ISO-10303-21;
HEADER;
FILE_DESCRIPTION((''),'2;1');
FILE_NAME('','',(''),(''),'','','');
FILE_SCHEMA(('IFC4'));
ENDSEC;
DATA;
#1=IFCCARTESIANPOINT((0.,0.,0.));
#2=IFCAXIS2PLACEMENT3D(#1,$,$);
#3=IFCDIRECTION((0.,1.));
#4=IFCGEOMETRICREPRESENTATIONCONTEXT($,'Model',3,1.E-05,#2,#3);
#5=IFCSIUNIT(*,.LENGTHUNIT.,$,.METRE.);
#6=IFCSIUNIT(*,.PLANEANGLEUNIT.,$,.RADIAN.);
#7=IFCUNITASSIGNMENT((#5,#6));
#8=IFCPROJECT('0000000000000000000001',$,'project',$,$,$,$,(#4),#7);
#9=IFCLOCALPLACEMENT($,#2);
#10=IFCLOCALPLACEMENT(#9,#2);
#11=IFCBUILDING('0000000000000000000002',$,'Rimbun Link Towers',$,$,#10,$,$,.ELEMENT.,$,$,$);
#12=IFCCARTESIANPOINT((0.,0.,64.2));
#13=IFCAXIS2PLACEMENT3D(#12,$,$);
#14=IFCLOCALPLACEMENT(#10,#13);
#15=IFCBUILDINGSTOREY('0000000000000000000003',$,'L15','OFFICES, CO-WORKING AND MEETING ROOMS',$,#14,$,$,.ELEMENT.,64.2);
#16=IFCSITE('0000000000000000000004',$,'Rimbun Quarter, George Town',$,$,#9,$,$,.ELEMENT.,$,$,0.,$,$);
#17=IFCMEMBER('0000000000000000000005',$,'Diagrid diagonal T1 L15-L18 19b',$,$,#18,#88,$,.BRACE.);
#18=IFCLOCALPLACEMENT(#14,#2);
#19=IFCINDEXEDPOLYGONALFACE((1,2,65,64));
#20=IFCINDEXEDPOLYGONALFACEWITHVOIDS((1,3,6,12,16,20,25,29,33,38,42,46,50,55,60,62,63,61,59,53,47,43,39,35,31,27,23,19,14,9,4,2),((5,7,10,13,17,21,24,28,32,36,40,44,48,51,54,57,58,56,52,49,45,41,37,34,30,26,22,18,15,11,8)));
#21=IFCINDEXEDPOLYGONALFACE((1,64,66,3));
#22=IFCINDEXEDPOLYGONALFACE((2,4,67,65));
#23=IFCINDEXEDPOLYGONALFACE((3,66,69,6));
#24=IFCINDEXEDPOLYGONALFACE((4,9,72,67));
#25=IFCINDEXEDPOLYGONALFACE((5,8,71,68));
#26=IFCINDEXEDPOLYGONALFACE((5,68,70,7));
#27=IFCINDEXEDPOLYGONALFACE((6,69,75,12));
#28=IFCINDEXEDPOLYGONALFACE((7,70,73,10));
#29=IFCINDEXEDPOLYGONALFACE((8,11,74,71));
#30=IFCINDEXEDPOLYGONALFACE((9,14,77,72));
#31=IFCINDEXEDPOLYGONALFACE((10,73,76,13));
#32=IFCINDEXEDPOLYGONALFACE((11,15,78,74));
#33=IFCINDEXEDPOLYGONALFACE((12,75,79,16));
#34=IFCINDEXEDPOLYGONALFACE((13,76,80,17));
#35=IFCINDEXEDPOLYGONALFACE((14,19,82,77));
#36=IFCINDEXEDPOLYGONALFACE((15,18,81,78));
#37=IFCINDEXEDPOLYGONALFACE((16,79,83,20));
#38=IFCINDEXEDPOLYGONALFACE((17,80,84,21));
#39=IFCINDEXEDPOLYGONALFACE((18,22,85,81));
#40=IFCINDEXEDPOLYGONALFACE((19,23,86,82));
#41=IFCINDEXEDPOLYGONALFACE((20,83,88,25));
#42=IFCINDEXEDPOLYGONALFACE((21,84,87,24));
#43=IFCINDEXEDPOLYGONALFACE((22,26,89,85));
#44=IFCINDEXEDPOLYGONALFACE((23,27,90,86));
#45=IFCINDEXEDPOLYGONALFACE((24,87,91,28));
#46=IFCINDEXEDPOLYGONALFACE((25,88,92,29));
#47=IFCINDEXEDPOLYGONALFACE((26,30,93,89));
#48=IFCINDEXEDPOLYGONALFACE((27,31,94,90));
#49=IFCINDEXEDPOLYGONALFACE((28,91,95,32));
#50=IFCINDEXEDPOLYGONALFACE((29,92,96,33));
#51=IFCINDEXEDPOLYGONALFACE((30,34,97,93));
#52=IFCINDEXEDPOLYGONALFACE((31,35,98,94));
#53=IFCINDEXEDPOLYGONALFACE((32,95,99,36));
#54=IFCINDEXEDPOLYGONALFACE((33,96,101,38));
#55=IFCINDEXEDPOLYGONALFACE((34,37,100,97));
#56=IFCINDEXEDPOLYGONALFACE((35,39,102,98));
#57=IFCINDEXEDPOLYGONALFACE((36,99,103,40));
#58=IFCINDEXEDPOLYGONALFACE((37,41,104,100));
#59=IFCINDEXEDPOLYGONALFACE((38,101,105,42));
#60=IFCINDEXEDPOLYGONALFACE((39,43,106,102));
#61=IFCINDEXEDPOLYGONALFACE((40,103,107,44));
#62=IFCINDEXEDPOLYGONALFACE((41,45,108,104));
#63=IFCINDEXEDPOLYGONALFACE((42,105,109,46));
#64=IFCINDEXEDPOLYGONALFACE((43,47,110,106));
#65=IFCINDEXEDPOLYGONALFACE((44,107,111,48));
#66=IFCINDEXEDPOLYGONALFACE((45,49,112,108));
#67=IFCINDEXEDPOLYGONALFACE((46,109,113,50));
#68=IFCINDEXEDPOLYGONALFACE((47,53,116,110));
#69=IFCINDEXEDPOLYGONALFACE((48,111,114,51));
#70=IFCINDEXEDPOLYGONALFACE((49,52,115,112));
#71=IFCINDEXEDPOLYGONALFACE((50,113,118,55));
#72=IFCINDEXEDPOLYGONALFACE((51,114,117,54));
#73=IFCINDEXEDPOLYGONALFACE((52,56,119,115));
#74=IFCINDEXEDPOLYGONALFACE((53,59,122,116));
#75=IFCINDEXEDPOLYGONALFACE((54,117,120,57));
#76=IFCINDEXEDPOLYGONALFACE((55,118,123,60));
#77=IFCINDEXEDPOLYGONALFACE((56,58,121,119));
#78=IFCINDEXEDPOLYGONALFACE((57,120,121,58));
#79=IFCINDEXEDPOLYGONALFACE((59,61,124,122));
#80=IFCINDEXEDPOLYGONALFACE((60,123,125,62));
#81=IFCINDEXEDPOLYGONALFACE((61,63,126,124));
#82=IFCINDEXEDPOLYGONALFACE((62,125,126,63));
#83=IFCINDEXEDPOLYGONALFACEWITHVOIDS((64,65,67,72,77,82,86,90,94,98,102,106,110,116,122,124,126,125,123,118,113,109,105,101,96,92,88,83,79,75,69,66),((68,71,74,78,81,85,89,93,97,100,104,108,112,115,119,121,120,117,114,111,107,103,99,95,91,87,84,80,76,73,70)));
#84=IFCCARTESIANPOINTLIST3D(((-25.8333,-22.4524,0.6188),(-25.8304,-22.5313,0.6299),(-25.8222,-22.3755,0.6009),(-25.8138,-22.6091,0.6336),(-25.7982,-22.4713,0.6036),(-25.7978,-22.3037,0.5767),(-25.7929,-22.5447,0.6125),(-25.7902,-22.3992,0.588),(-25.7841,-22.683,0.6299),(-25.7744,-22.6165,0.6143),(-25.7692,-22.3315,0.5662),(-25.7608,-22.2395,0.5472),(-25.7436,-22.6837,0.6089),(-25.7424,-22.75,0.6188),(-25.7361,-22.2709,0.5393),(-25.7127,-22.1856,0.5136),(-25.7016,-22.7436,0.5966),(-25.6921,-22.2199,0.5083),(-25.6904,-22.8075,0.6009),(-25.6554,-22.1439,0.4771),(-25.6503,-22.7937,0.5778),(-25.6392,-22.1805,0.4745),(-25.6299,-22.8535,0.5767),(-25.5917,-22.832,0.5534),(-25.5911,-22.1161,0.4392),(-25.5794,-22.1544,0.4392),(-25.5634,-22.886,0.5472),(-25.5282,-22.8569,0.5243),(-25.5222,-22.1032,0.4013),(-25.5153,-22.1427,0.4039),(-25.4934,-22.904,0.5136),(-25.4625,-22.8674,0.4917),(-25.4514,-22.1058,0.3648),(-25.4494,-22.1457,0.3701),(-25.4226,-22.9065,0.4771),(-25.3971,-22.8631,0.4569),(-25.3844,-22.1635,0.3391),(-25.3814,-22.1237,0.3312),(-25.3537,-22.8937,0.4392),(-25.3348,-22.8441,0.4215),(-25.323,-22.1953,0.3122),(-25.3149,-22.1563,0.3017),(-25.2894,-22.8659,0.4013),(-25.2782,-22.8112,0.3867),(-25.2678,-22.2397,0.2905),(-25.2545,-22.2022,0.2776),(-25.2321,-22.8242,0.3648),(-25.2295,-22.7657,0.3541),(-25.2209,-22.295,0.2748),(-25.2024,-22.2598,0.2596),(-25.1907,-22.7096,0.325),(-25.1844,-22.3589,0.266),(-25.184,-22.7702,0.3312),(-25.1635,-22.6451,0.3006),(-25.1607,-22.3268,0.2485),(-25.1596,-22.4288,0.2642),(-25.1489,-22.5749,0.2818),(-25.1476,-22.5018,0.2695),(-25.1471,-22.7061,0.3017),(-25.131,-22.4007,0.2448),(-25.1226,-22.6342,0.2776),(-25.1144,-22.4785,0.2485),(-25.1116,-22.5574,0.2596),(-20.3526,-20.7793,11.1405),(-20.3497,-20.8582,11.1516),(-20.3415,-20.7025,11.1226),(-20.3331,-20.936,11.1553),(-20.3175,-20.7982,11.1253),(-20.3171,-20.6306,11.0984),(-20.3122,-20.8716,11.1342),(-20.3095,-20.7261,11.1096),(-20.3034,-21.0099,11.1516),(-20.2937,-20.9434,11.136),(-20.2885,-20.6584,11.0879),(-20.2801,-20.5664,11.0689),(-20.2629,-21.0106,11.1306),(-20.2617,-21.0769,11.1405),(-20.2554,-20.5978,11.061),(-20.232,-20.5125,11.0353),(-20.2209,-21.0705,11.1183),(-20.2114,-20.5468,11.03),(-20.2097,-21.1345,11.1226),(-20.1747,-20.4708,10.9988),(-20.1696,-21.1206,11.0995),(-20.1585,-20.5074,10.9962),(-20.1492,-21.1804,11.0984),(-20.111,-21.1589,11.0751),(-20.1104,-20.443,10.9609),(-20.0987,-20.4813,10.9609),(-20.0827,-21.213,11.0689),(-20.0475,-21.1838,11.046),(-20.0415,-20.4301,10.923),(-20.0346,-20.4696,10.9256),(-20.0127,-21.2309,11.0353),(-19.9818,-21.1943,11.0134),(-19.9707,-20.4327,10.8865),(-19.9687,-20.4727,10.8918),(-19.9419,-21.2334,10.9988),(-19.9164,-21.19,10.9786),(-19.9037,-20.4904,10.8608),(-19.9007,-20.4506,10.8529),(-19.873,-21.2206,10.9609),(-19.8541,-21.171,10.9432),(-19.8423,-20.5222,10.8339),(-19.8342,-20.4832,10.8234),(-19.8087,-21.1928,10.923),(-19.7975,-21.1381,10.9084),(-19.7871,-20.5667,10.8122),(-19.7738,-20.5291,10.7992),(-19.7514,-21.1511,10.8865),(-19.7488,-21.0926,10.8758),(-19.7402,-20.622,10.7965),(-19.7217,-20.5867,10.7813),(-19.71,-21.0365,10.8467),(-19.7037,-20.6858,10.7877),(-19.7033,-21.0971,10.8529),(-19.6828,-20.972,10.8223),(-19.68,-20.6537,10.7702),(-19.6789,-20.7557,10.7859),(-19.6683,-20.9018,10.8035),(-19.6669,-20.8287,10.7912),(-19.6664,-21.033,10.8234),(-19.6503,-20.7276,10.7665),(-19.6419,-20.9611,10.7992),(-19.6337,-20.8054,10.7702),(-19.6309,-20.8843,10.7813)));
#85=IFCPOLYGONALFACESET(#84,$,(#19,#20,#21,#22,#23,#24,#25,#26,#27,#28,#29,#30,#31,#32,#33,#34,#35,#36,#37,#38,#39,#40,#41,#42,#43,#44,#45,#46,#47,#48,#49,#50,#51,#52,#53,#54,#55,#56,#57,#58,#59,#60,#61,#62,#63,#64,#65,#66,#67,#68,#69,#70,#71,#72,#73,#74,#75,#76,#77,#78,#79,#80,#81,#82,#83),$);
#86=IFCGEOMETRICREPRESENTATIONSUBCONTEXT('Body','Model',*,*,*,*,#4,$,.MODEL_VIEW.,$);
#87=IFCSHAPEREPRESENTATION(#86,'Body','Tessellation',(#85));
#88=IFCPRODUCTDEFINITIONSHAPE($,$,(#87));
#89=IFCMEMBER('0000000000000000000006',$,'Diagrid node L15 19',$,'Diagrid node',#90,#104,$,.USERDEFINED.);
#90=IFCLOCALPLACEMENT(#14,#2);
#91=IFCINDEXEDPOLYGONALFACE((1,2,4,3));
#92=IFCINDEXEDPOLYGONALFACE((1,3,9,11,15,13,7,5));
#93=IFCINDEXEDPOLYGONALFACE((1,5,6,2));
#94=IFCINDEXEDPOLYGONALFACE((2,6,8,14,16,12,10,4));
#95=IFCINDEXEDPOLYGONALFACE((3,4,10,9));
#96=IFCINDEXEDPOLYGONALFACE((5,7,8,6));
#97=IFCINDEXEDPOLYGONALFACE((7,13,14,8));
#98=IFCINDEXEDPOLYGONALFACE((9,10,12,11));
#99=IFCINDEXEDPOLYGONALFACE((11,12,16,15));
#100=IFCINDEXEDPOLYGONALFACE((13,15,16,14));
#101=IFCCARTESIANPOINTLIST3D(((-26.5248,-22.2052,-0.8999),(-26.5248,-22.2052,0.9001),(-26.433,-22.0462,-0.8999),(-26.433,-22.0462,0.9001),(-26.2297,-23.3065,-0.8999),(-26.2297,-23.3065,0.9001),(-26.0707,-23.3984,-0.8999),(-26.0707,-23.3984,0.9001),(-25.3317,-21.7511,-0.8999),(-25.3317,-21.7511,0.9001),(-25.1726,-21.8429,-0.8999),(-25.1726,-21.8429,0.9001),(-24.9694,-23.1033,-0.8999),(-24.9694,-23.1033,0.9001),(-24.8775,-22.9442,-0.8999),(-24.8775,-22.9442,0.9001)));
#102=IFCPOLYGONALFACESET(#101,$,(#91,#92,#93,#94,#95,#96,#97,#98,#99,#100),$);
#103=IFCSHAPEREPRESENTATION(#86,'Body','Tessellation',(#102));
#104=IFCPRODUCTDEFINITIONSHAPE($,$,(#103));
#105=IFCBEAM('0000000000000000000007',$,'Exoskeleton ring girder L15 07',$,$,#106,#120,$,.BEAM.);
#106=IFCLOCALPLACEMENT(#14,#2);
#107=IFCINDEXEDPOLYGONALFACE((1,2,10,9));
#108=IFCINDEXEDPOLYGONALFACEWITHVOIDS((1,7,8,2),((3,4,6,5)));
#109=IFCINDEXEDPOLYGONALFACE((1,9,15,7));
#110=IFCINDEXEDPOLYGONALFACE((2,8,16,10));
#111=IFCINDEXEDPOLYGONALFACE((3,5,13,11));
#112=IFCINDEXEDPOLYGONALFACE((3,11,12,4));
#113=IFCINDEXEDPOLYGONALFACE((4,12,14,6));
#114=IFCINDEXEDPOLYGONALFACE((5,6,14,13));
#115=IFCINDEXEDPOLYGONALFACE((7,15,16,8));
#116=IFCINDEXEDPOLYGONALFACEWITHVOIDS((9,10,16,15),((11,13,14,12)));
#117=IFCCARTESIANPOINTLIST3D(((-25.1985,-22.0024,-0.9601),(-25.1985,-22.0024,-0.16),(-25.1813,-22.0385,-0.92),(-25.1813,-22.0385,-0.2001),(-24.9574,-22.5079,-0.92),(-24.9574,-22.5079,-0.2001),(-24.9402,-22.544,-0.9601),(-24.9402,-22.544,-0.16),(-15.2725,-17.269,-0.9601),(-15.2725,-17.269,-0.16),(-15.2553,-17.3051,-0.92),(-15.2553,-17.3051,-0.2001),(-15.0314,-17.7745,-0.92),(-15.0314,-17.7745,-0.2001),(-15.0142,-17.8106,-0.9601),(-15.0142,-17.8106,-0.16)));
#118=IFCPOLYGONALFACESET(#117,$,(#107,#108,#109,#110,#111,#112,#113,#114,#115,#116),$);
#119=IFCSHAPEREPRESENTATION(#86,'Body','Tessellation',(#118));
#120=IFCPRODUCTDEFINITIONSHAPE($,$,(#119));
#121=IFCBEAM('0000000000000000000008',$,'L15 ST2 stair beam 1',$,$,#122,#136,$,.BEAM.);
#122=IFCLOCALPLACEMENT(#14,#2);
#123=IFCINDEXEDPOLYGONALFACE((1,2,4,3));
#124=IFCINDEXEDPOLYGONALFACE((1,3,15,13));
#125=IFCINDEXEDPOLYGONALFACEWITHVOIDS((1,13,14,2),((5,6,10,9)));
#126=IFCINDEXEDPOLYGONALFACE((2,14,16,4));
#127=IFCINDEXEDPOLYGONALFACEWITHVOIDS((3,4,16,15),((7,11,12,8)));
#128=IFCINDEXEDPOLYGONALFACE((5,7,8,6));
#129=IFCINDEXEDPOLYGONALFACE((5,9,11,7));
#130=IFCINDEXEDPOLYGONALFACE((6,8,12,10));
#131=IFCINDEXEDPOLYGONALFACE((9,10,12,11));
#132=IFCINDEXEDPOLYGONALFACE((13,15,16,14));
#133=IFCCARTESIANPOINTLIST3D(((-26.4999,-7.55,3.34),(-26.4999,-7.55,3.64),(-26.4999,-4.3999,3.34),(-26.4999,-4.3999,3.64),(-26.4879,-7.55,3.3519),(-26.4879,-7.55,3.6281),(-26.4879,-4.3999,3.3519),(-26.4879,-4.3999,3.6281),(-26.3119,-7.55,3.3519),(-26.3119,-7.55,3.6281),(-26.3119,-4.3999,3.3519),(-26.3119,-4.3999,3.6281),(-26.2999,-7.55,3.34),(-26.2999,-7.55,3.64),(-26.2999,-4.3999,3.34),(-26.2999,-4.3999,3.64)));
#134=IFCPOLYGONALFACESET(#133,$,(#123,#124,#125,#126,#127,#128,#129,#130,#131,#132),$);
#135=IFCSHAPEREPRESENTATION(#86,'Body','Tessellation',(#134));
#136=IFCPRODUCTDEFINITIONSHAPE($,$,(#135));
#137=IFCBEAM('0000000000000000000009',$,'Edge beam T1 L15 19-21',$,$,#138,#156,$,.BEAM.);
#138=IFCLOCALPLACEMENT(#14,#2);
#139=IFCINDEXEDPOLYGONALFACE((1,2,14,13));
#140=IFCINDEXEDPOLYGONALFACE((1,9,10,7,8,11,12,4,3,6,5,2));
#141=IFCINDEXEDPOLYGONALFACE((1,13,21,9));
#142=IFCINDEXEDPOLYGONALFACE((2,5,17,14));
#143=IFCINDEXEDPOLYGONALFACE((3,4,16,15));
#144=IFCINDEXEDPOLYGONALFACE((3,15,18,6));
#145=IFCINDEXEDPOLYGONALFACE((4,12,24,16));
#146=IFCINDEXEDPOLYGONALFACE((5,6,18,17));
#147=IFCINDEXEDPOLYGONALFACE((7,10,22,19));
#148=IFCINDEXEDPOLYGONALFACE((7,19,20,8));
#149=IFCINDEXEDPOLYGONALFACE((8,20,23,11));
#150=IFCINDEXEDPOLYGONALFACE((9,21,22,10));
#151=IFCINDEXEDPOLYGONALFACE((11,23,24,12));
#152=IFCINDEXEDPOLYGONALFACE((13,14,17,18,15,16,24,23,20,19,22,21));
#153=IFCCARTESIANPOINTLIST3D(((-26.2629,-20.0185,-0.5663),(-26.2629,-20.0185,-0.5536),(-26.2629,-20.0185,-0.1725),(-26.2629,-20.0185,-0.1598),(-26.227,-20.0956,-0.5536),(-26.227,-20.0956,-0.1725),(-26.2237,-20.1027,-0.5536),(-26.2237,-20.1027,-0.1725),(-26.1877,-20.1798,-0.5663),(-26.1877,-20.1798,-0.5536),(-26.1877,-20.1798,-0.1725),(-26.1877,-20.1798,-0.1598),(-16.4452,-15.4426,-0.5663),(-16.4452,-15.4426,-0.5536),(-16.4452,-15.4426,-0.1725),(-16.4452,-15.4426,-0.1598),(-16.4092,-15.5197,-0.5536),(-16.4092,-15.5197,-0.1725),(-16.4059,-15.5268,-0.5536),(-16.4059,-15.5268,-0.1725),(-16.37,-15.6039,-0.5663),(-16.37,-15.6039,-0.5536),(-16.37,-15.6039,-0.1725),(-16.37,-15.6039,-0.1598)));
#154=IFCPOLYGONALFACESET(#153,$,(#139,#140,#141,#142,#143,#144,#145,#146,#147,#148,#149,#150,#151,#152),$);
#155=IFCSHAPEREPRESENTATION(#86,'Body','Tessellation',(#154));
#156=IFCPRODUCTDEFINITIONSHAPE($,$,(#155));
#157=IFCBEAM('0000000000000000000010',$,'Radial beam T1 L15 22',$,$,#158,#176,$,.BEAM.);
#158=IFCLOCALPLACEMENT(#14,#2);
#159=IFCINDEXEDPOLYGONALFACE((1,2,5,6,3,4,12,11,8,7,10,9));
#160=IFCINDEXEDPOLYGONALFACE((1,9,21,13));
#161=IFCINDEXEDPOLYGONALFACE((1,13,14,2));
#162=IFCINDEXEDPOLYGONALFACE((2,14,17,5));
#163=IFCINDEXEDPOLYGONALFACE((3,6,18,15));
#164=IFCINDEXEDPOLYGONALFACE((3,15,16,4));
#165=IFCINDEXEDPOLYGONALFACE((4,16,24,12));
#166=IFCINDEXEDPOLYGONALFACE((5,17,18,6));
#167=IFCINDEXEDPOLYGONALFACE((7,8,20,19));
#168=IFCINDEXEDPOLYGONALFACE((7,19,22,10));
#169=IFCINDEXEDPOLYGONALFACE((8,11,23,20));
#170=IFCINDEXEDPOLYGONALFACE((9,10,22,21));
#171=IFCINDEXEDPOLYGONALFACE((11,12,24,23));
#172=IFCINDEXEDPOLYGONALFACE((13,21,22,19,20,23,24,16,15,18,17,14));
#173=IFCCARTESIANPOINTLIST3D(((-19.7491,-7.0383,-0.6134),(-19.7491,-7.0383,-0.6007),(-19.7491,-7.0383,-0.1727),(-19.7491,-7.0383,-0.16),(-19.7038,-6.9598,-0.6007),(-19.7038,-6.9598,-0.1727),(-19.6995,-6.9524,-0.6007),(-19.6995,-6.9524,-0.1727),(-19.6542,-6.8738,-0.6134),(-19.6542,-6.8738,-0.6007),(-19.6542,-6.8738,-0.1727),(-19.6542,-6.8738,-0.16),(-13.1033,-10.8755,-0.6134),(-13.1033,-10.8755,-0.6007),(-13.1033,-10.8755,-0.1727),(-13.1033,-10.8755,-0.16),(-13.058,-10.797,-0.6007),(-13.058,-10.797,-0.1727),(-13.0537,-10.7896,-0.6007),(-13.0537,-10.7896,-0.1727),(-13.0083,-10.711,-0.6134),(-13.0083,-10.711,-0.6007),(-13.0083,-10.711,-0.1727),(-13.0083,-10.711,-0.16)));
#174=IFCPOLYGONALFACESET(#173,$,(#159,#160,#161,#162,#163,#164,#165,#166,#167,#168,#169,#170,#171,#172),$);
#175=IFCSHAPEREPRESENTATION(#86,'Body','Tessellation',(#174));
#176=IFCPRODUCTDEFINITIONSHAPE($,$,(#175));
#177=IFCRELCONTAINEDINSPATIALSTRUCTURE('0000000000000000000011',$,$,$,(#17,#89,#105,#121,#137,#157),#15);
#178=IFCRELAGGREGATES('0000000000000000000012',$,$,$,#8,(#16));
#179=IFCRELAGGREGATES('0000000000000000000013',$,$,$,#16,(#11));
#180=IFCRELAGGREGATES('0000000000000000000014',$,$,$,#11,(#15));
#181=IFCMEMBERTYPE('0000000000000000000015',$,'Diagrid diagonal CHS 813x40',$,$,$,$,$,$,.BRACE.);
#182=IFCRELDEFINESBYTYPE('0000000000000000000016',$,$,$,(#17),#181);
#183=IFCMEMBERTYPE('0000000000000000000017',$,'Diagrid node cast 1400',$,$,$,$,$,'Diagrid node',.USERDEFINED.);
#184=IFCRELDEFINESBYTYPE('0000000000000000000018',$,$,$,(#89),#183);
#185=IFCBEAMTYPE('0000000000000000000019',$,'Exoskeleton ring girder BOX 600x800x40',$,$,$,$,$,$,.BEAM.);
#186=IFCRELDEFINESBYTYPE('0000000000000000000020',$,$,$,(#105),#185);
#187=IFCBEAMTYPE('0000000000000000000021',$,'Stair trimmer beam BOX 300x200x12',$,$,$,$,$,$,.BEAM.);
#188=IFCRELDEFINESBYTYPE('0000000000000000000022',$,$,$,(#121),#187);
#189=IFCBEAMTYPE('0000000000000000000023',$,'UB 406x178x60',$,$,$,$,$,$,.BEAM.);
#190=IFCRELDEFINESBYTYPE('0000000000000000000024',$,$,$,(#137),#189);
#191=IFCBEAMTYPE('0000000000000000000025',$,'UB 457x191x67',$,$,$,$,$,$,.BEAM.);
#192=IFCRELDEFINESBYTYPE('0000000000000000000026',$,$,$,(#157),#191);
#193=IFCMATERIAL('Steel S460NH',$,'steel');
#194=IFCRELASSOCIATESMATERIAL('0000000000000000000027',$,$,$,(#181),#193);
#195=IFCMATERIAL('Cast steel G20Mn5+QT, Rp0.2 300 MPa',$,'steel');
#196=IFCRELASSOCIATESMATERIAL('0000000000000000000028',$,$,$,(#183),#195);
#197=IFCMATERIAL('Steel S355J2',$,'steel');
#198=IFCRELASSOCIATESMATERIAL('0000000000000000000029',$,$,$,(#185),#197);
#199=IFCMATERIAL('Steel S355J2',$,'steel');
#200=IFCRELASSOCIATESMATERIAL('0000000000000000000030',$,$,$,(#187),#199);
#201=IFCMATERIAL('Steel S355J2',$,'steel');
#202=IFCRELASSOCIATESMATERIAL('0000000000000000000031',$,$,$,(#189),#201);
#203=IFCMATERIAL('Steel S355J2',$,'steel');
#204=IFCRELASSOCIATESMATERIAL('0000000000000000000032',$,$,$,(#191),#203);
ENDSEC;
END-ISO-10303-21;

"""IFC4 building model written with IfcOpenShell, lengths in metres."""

from ifc_helpers import new_model, si_unit, direction, frame, origin, origin_2d, place, context, subcontext, project, spatial, polyline, hollow_rectangle, hollow_circle, i_section, outline, extrude, material, material_profile, profile_set, type_object, element, save


model = new_model("IFC4")

# Units and contexts
model_context = context("Model", 3, precision=1e-05, world=origin(), true_north=direction((0.0, 1.0)))
body_context = subcontext(model_context, "Body", "Model", "MODEL_VIEW")
ifc_project = project(units=[si_unit("LENGTHUNIT", "METRE"), si_unit("PLANEANGLEUNIT", "RADIAN")], contexts=[model_context])

# Site, building, storey
site_placement = place(None, origin())
site = spatial("IfcSite", under=ifc_project, at=site_placement, Name="Rimbun Quarter, George Town", CompositionType="ELEMENT", RefElevation=0.0)
building_placement = place(site_placement, origin())
building = spatial("IfcBuilding", under=site, at=building_placement, Name="Rimbun Link Towers", CompositionType="ELEMENT")
storey_placement = place(building_placement, frame((0.0, 0.0, 64.2)))
storey = spatial("IfcBuildingStorey", under=building, at=storey_placement, Name="L15", Description="OFFICES, CO-WORKING AND MEETING ROOMS", CompositionType="ELEMENT", Elevation=64.2)

# Members
ifc_material_1 = material(Name="Steel S460NH", Category="steel")
ifc_material_profile_1 = material_profile(ifc_material_1, hollow_circle(Radius=0.4065, WallThickness=0.04, at=origin_2d()), Name="Diagrid diagonal CHS 813x40")
ifc_profile_set_1 = profile_set([ifc_material_profile_1], Name="Steel S460NH")
member_type_1 = type_object("IfcMemberType", Name="Diagrid diagonal CHS 813x40", PredefinedType="BRACE", material=ifc_profile_set_1)
member_1_placement = place(storey_placement, frame((-25.4724, -22.5049, 0.4392), z_axis=(0.457451, 0.139646, 0.878202), x_axis=(-0.291968, 0.956428, 0.0)))
element("IfcMember", 1, at=member_1_placement, inside=storey, type_object=member_type_1, Name="Diagrid diagonal T1 L15-L18 19b", PredefinedType="BRACE", context=body_context, shape_type="SweptSolid", body=[
    extrude(hollow_circle(Radius=0.4065, WallThickness=0.04, at=origin_2d()), origin(), (0.0, 0.0, 1.0), 11.981),
])
ifc_material_2 = material(Name="Cast steel G20Mn5+QT, Rp0.2 300 MPa", Category="steel")
ifc_material_profile_2 = material_profile(ifc_material_2, outline(polyline([(0.7, -0.5701), (0.7, 0.5701), (0.5701, 0.7), (-0.5701, 0.7), (-0.7, 0.5701), (-0.7, -0.5701), (-0.5701, -0.7), (0.5701, -0.7), (0.7, -0.5701)])), Name="NODE 1400x1400")
ifc_profile_set_2 = profile_set([ifc_material_profile_2], Name="Cast steel G20Mn5+QT, Rp0.2 300 MPa")
member_type_2 = type_object("IfcMemberType", Name="Diagrid node cast 1400", ElementType="Diagrid node", PredefinedType="USERDEFINED", material=ifc_profile_set_2)
member_2_placement = place(storey_placement, frame((-25.7012, -22.5747, -0.8999), z_axis=(0.0, 0.0, 1.0), x_axis=(0.258819, -0.965926, 0.0)))
element("IfcMember", 2, at=member_2_placement, inside=storey, type_object=member_type_2, Name="Diagrid node L15 19", ObjectType="Diagrid node", PredefinedType="USERDEFINED", context=body_context, shape_type="SweptSolid", body=[
    extrude(outline(polyline([(0.7, -0.5701), (0.7, 0.5701), (0.5701, 0.7), (-0.5701, 0.7), (-0.7, 0.5701), (-0.7, -0.5701), (-0.5701, -0.7), (0.5701, -0.7), (0.7, -0.5701)])), origin(), (0.0, 0.0, 1.0), 1.8),
])

# Beams
ifc_material_3 = material(Name="Steel S355J2", Category="steel")
ifc_material_profile_3 = material_profile(ifc_material_3, hollow_rectangle(XDim=0.6001, YDim=0.8, WallThickness=0.04, at=origin_2d()), Name="Exoskeleton ring girder BOX 600x800x40")
ifc_profile_set_3 = profile_set([ifc_material_profile_3], Name="Steel S355J2")
beam_type_1 = type_object("IfcBeamType", Name="Exoskeleton ring girder BOX 600x800x40", PredefinedType="BEAM", material=ifc_profile_set_3)
beam_1_placement = place(storey_placement, frame((-25.0693, -22.2732, -0.5601), z_axis=(0.902623, 0.430432, 0.0), x_axis=(-0.430432, 0.902623, 0.0)))
element("IfcBeam", 3, at=beam_1_placement, inside=storey, type_object=beam_type_1, Name="Exoskeleton ring girder L15 07", PredefinedType="BEAM", context=body_context, shape_type="SweptSolid", body=[
    extrude(hollow_rectangle(XDim=0.6001, YDim=0.8, WallThickness=0.04, at=origin_2d()), origin(), (0.0, 0.0, 1.0), 10.9968),
])
ifc_material_4 = material(Name="Steel S355J2", Category="steel")
ifc_material_profile_4 = material_profile(ifc_material_4, hollow_rectangle(XDim=0.2, YDim=0.3, WallThickness=0.012, at=origin_2d()), Name="BOX 300x200x12")
ifc_profile_set_4 = profile_set([ifc_material_profile_4], Name="Steel S355J2")
beam_type_2 = type_object("IfcBeamType", Name="Stair trimmer beam BOX 300x200x12", PredefinedType="BEAM", material=ifc_profile_set_4)
beam_2_placement = place(storey_placement, frame((-26.3999, -7.55, 3.49), z_axis=(0.0, 1.0, 0.0), x_axis=(-1.0, 0.0, 0.0)))
element("IfcBeam", 4, at=beam_2_placement, inside=storey, type_object=beam_type_2, Name="L15 ST2 stair beam 1", PredefinedType="BEAM", context=body_context, shape_type="SweptSolid", body=[
    extrude(hollow_rectangle(XDim=0.2, YDim=0.3, WallThickness=0.012, at=origin_2d()), origin(), (0.0, 0.0, 1.0), 3.1501),
])
ifc_material_5 = material(Name="Steel S355J2", Category="steel")
ifc_material_profile_5 = material_profile(ifc_material_5, i_section(OverallWidth=0.178, OverallDepth=0.4065, WebThickness=0.0078, FlangeThickness=0.0127, at=origin_2d()), Name="UB 406x178x60")
ifc_profile_set_5 = profile_set([ifc_material_profile_5], Name="Steel S355J2")
beam_type_3 = type_object("IfcBeamType", Name="UB 406x178x60", PredefinedType="BEAM", material=ifc_profile_set_5)
beam_3_placement = place(storey_placement, frame((-26.2253, -20.0991, -0.363), z_axis=(0.906386, 0.42245, 0.0), x_axis=(-0.42245, 0.906386, 0.0)))
element("IfcBeam", 5, at=beam_3_placement, inside=storey, type_object=beam_type_3, Name="Edge beam T1 L15 19-21", PredefinedType="BEAM", context=body_context, shape_type="SweptSolid", body=[
    extrude(i_section(OverallWidth=0.178, OverallDepth=0.4065, WebThickness=0.0078, FlangeThickness=0.0127, at=origin_2d()), origin(), (0.0, 0.0, 1.0), 10.8318),
])
ifc_material_6 = material(Name="Steel S355J2", Category="steel")
ifc_material_profile_6 = material_profile(ifc_material_6, i_section(OverallWidth=0.1899, OverallDepth=0.4534, WebThickness=0.0085, FlangeThickness=0.0127, at=origin_2d()), Name="UB 457x191x67")
ifc_profile_set_6 = profile_set([ifc_material_profile_6], Name="Steel S355J2")
beam_type_4 = type_object("IfcBeamType", Name="UB 457x191x67", PredefinedType="BEAM", material=ifc_profile_set_6)
beam_4_placement = place(storey_placement, frame((-19.7017, -6.9561, -0.3867), z_axis=(0.866012, -0.500023, 0.0), x_axis=(0.500023, 0.866012, 0.0)))
element("IfcBeam", 6, at=beam_4_placement, inside=storey, type_object=beam_type_4, Name="Radial beam T1 L15 22", PredefinedType="BEAM", context=body_context, shape_type="SweptSolid", body=[
    extrude(i_section(OverallWidth=0.1899, OverallDepth=0.4534, WebThickness=0.0085, FlangeThickness=0.0127, at=origin_2d()), origin(), (0.0, 0.0, 1.0), 7.6741),
])

save(model, "model.ifc")
